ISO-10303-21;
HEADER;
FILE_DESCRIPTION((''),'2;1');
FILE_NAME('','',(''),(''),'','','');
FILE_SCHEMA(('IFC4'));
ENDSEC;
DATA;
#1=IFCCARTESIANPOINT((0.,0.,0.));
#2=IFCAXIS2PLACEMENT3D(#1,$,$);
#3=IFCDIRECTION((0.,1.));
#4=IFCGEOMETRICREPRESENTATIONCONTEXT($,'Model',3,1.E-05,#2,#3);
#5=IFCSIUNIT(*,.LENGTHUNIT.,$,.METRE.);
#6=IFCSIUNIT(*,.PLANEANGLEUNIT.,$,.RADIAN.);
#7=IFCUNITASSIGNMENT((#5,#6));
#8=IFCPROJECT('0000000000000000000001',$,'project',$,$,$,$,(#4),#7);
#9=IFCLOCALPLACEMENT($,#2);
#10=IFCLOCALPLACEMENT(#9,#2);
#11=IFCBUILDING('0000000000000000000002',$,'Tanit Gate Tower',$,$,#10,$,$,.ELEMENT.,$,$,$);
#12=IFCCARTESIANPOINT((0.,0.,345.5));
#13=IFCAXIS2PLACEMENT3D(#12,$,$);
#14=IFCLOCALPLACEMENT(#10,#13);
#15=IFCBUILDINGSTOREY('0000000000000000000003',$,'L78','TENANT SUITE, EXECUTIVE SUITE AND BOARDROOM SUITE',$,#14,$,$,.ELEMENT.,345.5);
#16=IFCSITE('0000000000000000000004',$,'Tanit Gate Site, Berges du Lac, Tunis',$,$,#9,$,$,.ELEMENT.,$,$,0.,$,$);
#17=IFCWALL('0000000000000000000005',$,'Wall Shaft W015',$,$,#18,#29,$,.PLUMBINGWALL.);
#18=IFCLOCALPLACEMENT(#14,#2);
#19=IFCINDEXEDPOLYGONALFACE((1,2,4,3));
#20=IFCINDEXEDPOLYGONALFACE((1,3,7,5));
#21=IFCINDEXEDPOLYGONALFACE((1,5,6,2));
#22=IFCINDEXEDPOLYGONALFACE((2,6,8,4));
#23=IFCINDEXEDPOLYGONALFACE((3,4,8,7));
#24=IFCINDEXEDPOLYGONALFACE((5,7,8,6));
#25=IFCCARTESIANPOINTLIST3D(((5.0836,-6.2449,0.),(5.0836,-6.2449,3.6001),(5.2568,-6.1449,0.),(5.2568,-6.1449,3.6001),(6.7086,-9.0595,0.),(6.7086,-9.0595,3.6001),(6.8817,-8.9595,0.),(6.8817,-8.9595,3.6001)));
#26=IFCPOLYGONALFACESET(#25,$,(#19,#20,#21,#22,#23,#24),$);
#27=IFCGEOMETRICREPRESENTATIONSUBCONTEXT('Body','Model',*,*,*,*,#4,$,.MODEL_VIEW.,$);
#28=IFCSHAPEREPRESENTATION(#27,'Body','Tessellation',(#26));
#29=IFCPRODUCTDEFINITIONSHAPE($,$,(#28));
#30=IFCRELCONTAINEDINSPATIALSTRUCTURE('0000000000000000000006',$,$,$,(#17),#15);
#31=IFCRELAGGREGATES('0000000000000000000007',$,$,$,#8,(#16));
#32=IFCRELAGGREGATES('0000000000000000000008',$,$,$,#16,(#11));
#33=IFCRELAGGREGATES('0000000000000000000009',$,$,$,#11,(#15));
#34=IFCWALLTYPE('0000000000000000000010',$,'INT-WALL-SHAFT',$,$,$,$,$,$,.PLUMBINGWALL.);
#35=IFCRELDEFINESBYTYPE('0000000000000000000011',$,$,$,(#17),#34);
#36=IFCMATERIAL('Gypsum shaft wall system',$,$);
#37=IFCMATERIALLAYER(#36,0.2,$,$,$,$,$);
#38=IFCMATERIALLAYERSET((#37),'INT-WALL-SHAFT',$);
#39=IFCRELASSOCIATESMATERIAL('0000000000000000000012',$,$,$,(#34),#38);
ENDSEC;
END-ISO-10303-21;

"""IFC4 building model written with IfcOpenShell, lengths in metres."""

from ifc_helpers import new_model, si_unit, direction, frame, frame_2d, origin, place, context, subcontext, project, spatial, rectangle, extrude, material, layer, layer_set, type_object, element, save


model = new_model("IFC4")

# Units and contexts
model_context = context("Model", 3, precision=1e-05, world=origin(), true_north=direction((0.0, 1.0)))
body_context = subcontext(model_context, "Body", "Model", "MODEL_VIEW")
ifc_project = project(units=[si_unit("LENGTHUNIT", "METRE"), si_unit("PLANEANGLEUNIT", "RADIAN")], contexts=[model_context])

# Site, building, storey
site_placement = place(None, origin())
site = spatial("IfcSite", under=ifc_project, at=site_placement, Name="Tanit Gate Site, Berges du Lac, Tunis", CompositionType="ELEMENT", RefElevation=0.0)
building_placement = place(site_placement, origin())
building = spatial("IfcBuilding", under=site, at=building_placement, Name="Tanit Gate Tower", CompositionType="ELEMENT")
storey_placement = place(building_placement, frame((0.0, 0.0, 345.5)))
storey = spatial("IfcBuildingStorey", under=building, at=storey_placement, Name="L78", Description="TENANT SUITE, EXECUTIVE SUITE AND BOARDROOM SUITE", CompositionType="ELEMENT", Elevation=345.5)

# Wall
ifc_material_1 = material(Name="Gypsum shaft wall system")
ifc_layer_1 = layer(ifc_material_1, 0.2)
ifc_layer_set_1 = layer_set([ifc_layer_1], Name="INT-WALL-SHAFT")
wall_type_1 = type_object("IfcWallType", Name="INT-WALL-SHAFT", PredefinedType="PLUMBINGWALL", material=ifc_layer_set_1)
wall_1_placement = place(storey_placement, frame((6.7952, -9.0095, 0.0), z_axis=(0.0, 0.0, 1.0), x_axis=(-0.499985, 0.866034, 0.0)))
element("IfcWall", 1, at=wall_1_placement, inside=storey, type_object=wall_type_1, Name="Wall Shaft W015", PredefinedType="PLUMBINGWALL", context=body_context, shape_type="SweptSolid", body=[
    extrude(rectangle(XDim=3.25, YDim=0.2, at=frame_2d((1.625, 0.0))), origin(), (0.0, 0.0, 1.0), 3.6001),
])

save(model, "model.ifc")
